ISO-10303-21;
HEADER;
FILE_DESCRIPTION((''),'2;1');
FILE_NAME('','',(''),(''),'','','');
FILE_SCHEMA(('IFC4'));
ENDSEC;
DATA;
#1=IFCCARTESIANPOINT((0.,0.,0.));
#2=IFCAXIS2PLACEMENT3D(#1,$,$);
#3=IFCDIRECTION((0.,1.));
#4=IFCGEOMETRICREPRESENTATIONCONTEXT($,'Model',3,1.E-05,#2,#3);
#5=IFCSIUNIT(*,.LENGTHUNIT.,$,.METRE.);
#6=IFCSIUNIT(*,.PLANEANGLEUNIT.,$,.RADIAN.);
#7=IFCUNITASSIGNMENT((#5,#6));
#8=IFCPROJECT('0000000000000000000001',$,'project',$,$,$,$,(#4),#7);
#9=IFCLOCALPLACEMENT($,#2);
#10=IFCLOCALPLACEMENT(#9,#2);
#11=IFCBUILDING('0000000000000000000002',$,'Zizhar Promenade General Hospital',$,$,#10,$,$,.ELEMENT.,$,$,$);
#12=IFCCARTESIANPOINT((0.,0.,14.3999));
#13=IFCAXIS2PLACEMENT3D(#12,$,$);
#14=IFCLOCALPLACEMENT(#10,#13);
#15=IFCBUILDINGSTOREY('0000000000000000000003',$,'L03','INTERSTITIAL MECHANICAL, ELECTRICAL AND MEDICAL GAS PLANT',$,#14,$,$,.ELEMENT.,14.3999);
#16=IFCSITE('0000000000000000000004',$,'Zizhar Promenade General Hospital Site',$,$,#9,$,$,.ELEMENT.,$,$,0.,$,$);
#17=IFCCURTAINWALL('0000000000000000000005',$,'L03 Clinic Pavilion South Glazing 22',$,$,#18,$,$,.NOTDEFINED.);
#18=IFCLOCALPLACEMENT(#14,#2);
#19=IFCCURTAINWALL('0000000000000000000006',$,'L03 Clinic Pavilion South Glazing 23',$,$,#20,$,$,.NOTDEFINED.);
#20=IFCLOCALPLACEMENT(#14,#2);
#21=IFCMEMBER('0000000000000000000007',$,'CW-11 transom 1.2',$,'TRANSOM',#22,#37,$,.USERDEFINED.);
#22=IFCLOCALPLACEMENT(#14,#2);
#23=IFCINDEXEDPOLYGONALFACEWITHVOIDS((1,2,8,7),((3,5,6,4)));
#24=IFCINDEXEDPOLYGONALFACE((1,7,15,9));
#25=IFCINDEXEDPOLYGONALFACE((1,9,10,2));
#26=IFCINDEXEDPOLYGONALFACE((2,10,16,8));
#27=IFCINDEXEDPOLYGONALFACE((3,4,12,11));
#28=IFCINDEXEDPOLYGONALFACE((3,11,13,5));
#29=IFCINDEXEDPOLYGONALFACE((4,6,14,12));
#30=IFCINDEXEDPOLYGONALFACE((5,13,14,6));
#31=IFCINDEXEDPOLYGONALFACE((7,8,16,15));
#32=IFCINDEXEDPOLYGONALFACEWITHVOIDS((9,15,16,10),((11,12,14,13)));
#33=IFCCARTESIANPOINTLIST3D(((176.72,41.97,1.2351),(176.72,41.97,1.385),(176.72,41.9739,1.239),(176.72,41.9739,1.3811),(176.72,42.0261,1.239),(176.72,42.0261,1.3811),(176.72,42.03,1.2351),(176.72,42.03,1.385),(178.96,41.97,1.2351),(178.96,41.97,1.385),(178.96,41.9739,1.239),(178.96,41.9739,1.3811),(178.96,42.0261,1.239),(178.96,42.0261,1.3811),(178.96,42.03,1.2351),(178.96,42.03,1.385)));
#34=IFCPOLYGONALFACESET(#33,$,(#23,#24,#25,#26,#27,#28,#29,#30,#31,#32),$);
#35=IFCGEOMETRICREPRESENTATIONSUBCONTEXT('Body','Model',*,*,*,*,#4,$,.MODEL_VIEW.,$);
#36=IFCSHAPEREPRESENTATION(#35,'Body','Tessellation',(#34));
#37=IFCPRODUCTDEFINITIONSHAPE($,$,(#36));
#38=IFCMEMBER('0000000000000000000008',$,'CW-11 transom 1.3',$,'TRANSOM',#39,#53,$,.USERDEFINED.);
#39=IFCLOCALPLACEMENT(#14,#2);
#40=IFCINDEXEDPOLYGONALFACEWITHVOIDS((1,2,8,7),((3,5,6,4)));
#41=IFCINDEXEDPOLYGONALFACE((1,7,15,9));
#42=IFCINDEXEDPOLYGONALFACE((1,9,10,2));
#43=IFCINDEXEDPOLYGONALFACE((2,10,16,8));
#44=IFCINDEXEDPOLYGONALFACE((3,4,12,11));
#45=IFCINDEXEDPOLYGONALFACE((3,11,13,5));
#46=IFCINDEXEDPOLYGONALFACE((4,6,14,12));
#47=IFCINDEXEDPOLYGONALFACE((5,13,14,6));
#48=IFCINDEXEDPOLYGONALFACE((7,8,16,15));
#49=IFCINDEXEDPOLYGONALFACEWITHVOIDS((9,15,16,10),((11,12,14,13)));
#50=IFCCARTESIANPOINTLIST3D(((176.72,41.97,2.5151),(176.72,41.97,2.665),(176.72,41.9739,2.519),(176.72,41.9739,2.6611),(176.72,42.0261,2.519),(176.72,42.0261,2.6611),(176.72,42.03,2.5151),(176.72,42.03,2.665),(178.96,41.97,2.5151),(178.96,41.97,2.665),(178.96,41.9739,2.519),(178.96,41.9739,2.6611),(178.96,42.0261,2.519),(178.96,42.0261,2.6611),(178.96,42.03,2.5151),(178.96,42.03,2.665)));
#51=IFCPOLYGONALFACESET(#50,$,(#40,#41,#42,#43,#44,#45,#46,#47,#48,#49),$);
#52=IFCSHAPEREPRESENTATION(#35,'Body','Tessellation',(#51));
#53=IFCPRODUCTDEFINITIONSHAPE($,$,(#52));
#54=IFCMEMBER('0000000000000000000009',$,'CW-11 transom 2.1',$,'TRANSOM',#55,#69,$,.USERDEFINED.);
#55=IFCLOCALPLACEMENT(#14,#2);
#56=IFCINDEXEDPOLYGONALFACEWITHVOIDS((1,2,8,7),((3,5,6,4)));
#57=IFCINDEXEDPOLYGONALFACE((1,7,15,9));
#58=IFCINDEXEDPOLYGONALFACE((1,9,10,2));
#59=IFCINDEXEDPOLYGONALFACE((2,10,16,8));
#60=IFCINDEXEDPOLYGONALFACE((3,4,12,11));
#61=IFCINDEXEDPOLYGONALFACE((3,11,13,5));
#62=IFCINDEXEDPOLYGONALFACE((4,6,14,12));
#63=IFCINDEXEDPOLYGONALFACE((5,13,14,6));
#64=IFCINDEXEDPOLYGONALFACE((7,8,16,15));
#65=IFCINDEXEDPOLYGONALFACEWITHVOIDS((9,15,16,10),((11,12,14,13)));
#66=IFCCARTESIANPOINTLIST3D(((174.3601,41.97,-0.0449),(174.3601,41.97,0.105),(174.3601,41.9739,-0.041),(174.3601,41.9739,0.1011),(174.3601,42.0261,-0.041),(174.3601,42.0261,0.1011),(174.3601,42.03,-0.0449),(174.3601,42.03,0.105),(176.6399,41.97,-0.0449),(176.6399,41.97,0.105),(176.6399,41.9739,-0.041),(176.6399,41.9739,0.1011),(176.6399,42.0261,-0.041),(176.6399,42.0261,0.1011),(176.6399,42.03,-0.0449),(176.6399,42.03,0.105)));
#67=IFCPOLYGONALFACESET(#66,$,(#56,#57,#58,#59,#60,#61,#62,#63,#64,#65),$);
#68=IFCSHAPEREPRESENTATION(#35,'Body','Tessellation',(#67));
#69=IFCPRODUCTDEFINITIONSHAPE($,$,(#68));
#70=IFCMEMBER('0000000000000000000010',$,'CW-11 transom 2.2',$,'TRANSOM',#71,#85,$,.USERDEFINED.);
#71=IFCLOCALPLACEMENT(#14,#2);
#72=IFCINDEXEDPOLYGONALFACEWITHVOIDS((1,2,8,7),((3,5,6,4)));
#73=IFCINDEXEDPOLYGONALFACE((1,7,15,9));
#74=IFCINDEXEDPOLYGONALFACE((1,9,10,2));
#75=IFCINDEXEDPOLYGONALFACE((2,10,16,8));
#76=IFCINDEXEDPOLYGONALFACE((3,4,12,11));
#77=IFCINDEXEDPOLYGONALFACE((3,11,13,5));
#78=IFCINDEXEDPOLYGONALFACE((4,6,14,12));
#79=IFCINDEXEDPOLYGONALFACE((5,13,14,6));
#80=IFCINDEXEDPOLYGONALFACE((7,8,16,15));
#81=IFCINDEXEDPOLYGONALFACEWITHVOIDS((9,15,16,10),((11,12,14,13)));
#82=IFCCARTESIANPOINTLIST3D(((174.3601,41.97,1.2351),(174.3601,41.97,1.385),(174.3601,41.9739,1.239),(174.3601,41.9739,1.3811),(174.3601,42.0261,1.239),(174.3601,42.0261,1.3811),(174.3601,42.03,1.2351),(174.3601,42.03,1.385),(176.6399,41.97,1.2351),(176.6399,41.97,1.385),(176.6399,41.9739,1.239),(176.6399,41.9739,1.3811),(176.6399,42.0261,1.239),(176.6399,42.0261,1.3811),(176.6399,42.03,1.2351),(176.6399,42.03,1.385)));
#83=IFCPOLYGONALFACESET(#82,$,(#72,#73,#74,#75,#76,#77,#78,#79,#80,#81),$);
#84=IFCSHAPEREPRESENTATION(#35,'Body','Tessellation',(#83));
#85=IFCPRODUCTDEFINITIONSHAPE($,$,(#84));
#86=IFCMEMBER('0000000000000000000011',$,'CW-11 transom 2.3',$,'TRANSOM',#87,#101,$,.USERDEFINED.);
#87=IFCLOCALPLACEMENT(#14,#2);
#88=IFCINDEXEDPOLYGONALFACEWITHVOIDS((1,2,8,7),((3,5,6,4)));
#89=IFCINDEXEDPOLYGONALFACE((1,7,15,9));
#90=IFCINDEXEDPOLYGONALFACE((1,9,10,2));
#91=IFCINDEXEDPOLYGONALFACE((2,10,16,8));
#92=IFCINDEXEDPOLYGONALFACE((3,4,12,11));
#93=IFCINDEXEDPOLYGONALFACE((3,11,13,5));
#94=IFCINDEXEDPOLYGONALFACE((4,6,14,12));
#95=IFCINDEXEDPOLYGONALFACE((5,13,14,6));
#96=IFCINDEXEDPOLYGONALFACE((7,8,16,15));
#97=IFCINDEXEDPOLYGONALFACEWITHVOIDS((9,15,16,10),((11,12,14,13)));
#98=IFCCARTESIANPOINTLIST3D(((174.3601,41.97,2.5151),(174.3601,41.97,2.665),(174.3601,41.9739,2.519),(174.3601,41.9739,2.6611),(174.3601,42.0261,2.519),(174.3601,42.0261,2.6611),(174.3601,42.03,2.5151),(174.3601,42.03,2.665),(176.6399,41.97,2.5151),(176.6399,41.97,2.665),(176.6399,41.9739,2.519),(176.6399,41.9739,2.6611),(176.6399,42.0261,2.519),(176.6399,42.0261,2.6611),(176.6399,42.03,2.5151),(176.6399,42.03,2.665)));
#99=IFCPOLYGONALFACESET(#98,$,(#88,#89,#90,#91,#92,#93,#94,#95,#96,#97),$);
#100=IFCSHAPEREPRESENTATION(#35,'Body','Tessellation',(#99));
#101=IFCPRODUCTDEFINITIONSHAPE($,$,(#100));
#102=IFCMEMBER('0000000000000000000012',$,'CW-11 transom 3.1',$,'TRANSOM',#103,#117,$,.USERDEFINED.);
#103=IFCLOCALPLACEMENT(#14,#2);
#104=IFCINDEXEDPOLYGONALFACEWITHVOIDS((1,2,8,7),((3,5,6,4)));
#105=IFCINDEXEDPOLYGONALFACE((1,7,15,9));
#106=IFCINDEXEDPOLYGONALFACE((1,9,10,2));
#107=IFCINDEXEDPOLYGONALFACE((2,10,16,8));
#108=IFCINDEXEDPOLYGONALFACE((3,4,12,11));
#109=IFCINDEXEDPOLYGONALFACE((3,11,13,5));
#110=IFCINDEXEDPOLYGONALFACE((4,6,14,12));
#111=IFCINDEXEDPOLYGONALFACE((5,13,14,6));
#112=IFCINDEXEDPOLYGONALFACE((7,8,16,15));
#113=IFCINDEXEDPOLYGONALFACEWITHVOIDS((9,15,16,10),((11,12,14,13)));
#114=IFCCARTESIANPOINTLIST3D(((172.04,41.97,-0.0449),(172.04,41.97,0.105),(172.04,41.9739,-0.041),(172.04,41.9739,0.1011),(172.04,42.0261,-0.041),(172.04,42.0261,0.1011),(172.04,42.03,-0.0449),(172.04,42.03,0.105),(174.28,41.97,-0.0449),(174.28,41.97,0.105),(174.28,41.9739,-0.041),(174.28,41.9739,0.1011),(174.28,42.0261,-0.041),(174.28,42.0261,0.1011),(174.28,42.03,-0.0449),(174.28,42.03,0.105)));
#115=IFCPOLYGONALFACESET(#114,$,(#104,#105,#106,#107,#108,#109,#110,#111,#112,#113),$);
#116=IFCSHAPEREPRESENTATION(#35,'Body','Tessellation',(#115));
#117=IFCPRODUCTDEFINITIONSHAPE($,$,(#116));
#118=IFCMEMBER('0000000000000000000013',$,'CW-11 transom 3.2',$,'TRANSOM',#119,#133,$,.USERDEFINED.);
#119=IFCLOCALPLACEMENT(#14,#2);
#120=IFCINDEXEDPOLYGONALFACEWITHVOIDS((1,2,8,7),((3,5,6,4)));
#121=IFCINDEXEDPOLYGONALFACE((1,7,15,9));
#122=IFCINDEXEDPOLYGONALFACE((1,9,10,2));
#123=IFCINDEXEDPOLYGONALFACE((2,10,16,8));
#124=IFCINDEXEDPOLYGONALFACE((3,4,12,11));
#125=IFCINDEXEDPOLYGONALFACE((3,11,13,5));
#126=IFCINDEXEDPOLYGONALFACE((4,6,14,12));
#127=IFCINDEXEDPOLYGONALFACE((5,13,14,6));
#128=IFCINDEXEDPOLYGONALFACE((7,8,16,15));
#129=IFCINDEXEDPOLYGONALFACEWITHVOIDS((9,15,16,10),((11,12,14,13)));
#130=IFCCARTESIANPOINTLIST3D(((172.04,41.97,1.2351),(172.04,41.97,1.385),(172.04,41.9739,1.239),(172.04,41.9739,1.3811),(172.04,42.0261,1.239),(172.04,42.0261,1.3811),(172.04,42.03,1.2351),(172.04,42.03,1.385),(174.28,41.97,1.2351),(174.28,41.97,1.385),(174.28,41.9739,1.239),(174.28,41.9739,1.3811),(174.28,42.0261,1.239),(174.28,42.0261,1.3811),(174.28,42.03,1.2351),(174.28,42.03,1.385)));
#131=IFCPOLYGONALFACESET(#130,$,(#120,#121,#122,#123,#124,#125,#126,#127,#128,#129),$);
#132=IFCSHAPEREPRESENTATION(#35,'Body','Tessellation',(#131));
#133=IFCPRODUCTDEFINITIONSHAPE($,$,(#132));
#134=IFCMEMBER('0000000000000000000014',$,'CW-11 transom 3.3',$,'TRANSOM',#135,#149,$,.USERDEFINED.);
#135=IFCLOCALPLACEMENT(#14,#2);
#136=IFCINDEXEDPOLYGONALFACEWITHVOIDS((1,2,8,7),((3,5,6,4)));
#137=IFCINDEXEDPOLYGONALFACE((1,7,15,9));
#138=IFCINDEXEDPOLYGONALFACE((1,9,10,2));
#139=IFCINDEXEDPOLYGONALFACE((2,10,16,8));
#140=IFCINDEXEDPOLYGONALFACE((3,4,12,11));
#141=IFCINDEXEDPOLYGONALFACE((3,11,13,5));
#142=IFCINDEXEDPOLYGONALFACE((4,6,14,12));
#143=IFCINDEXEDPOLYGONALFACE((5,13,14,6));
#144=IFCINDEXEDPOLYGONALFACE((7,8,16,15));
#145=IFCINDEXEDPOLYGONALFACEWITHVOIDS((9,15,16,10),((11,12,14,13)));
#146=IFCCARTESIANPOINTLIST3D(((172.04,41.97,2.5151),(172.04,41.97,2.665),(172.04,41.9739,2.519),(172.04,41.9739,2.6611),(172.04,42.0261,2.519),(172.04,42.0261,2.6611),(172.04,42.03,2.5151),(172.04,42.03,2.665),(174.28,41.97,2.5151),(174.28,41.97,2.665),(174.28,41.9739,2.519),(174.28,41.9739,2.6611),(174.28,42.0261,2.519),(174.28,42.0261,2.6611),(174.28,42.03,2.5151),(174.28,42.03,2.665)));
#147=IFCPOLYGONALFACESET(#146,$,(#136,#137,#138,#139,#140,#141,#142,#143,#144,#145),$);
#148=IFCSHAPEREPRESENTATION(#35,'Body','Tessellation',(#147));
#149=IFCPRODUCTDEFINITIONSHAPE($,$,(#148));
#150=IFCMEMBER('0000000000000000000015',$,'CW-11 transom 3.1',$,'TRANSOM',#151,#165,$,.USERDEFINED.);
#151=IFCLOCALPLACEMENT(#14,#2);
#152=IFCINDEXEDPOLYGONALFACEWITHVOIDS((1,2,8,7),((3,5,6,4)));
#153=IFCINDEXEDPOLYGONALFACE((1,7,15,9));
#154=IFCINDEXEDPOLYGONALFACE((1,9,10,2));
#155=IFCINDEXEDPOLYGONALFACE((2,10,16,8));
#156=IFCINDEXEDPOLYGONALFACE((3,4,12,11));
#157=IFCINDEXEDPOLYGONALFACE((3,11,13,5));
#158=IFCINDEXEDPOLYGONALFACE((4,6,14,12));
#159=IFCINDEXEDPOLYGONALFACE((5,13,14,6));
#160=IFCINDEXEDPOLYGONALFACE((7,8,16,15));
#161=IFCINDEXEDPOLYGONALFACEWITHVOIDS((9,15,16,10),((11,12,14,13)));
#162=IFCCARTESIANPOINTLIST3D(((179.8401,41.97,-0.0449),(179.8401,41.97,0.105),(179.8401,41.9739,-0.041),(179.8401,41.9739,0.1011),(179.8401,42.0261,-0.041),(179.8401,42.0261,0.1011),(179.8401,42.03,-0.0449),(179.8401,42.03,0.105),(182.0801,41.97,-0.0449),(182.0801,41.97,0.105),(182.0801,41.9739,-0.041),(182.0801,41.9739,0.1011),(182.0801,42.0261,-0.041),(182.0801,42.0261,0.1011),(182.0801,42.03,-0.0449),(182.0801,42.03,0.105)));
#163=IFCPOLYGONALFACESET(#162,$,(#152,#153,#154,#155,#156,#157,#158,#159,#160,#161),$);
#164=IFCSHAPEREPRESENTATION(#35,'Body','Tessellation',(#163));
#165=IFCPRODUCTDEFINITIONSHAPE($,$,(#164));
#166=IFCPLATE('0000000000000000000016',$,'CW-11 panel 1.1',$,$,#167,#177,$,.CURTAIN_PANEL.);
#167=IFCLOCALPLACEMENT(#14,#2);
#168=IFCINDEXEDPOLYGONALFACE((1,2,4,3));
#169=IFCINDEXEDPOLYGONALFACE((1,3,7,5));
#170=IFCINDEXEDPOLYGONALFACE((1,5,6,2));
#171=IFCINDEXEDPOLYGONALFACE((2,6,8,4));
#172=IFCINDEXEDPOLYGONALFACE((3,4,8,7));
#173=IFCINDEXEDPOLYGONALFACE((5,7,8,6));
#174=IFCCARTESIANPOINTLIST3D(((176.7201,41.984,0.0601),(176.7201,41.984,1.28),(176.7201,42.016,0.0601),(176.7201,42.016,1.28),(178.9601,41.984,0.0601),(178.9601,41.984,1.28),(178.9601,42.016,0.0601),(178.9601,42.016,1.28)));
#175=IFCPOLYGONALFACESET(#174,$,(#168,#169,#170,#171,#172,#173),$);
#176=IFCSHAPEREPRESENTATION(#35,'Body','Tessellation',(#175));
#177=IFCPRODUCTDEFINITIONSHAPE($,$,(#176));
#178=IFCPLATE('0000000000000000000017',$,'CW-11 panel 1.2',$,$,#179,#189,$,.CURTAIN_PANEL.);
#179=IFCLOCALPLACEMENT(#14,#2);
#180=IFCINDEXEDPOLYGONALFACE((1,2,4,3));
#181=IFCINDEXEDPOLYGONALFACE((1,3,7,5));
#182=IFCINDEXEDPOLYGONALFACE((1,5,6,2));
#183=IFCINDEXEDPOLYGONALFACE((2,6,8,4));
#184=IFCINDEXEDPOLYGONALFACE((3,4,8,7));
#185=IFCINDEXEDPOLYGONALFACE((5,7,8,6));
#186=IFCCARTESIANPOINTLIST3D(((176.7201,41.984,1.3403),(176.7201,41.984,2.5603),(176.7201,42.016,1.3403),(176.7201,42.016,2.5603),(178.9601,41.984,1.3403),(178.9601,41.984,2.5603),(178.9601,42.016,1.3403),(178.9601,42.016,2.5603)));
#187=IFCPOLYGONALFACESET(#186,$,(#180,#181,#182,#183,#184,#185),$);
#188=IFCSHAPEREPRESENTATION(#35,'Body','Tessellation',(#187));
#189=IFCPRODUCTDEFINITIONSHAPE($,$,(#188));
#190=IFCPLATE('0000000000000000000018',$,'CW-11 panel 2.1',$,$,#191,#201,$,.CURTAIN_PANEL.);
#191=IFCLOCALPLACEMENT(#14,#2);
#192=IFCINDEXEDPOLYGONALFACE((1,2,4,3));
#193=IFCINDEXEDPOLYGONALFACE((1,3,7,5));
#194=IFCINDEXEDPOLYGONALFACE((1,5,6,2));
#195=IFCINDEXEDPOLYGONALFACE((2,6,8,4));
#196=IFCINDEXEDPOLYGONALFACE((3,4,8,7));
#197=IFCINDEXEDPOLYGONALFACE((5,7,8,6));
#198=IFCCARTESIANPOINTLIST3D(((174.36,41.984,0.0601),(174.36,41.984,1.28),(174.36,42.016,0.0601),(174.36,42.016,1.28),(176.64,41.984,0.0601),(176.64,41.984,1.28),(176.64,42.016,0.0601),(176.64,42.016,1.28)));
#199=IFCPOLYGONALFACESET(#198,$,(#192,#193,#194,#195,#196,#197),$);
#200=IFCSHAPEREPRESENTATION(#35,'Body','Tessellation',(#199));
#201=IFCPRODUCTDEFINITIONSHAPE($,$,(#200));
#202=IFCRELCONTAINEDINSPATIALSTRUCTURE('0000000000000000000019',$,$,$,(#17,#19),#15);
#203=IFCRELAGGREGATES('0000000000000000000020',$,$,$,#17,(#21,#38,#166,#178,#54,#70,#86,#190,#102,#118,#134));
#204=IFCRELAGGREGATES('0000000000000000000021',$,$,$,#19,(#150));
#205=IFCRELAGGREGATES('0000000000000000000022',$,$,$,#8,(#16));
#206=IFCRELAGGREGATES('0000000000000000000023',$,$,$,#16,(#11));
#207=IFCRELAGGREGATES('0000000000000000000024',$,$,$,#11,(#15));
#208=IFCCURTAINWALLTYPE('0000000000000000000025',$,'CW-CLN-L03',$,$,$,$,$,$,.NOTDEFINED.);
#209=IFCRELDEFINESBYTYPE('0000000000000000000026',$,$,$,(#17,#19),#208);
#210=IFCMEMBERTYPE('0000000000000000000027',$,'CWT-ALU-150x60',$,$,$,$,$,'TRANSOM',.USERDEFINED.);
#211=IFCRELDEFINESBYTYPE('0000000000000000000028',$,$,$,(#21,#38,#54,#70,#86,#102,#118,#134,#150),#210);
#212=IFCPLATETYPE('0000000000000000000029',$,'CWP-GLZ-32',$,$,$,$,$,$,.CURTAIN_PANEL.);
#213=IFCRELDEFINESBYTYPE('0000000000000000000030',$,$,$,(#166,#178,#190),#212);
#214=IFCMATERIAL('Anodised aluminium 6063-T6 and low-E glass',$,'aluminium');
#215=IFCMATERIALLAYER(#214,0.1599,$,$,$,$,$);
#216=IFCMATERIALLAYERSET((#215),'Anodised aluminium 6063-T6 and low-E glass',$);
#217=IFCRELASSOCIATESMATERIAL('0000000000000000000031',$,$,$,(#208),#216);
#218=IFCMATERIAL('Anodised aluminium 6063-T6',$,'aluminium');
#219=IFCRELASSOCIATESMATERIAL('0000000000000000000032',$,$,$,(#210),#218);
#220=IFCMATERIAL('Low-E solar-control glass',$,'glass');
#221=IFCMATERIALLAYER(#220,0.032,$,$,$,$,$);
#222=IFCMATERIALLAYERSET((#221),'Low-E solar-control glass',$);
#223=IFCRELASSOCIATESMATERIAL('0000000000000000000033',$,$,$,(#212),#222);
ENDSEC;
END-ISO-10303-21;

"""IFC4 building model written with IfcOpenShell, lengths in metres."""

from ifc_helpers import new_model, si_unit, direction, frame, origin, origin_2d, place, context, subcontext, project, spatial, rectangle, hollow_rectangle, extrude, material, layer, layer_set, material_profile, profile_set, type_object, element, aggregate, save


model = new_model("IFC4")

# Units and contexts
model_context = context("Model", 3, precision=1e-05, world=origin(), true_north=direction((0.0, 1.0)))
body_context = subcontext(model_context, "Body", "Model", "MODEL_VIEW")
ifc_project = project(units=[si_unit("LENGTHUNIT", "METRE"), si_unit("PLANEANGLEUNIT", "RADIAN")], contexts=[model_context])

# Site, building, storey
site_placement = place(None, origin())
site = spatial("IfcSite", under=ifc_project, at=site_placement, Name="Zizhar Promenade General Hospital Site", CompositionType="ELEMENT", RefElevation=0.0)
building_placement = place(site_placement, origin())
building = spatial("IfcBuilding", under=site, at=building_placement, Name="Zizhar Promenade General Hospital", CompositionType="ELEMENT")
storey_placement = place(building_placement, frame((0.0, 0.0, 14.3999)))
storey = spatial("IfcBuildingStorey", under=building, at=storey_placement, Name="L03", Description="INTERSTITIAL MECHANICAL, ELECTRICAL AND MEDICAL GAS PLANT", CompositionType="ELEMENT", Elevation=14.3999)

# Shared definitions
ifc_material_1 = material(Name="Anodised aluminium 6063-T6 and low-E glass", Category="aluminium")
ifc_layer_1 = layer(ifc_material_1, 0.1599)
ifc_layer_set_1 = layer_set([ifc_layer_1], Name="Anodised aluminium 6063-T6 and low-E glass")
curtain_wall_type = type_object("IfcCurtainWallType", Name="CW-CLN-L03", PredefinedType="NOTDEFINED", material=ifc_layer_set_1)

# Curtain wall
curtain_wall_1_placement = place(storey_placement, origin())
curtain_wall_1 = element("IfcCurtainWall", 1, at=curtain_wall_1_placement, inside=storey, type_object=curtain_wall_type, Name="L03 Clinic Pavilion South Glazing 22", PredefinedType="NOTDEFINED")

# Curtain wall
curtain_wall_2_placement = place(storey_placement, origin())
curtain_wall_2 = element("IfcCurtainWall", 2, at=curtain_wall_2_placement, inside=storey, type_object=curtain_wall_type, Name="L03 Clinic Pavilion South Glazing 23", PredefinedType="NOTDEFINED")

# Members
ifc_material_2 = material(Name="Anodised aluminium 6063-T6", Category="aluminium")
ifc_material_profile_1 = material_profile(ifc_material_2, hollow_rectangle(XDim=0.0601, YDim=0.1499, WallThickness=0.0039, at=origin_2d()))
ifc_profile_set_1 = profile_set([ifc_material_profile_1], Name="Anodised aluminium 6063-T6")
member_type_1 = type_object("IfcMemberType", Name="CWT-ALU-150x60", ElementType="TRANSOM", PredefinedType="USERDEFINED", material=ifc_profile_set_1)
member_1_placement = place(storey_placement, frame((178.96, 42.0, 1.3101), z_axis=(-1.0, 0.0, 0.0), x_axis=(0.0, -1.0, 0.0)))
member_1 = element("IfcMember", 3, at=member_1_placement, type_object=member_type_1, Name="CW-11 transom 1.2", ObjectType="TRANSOM", PredefinedType="USERDEFINED", context=body_context, shape_type="SweptSolid", body=[
    extrude(hollow_rectangle(XDim=0.0601, YDim=0.1499, WallThickness=0.0039, at=origin_2d()), origin(), (0.0, 0.0, 1.0), 2.24),
])
member_2_placement = place(storey_placement, frame((178.96, 42.0, 2.5901), z_axis=(-1.0, 0.0, 0.0), x_axis=(0.0, -1.0, 0.0)))
member_2 = element("IfcMember", 4, at=member_2_placement, type_object=member_type_1, Name="CW-11 transom 1.3", ObjectType="TRANSOM", PredefinedType="USERDEFINED", context=body_context, shape_type="SweptSolid", body=[
    extrude(hollow_rectangle(XDim=0.0601, YDim=0.1499, WallThickness=0.0039, at=origin_2d()), origin(), (0.0, 0.0, 1.0), 2.24),
])
member_3_placement = place(storey_placement, frame((176.6399, 42.0, 0.03), z_axis=(-1.0, 0.0, 0.0), x_axis=(0.0, -1.0, 0.0)))
member_3 = element("IfcMember", 5, at=member_3_placement, type_object=member_type_1, Name="CW-11 transom 2.1", ObjectType="TRANSOM", PredefinedType="USERDEFINED", context=body_context, shape_type="SweptSolid", body=[
    extrude(hollow_rectangle(XDim=0.0601, YDim=0.1499, WallThickness=0.0039, at=origin_2d()), origin(), (0.0, 0.0, 1.0), 2.2798),
])
member_4_placement = place(storey_placement, frame((176.6399, 42.0, 1.3101), z_axis=(-1.0, 0.0, 0.0), x_axis=(0.0, -1.0, 0.0)))
member_4 = element("IfcMember", 6, at=member_4_placement, type_object=member_type_1, Name="CW-11 transom 2.2", ObjectType="TRANSOM", PredefinedType="USERDEFINED", context=body_context, shape_type="SweptSolid", body=[
    extrude(hollow_rectangle(XDim=0.0601, YDim=0.1499, WallThickness=0.0039, at=origin_2d()), origin(), (0.0, 0.0, 1.0), 2.2798),
])
member_5_placement = place(storey_placement, frame((176.6399, 42.0, 2.5901), z_axis=(-1.0, 0.0, 0.0), x_axis=(0.0, -1.0, 0.0)))
member_5 = element("IfcMember", 7, at=member_5_placement, type_object=member_type_1, Name="CW-11 transom 2.3", ObjectType="TRANSOM", PredefinedType="USERDEFINED", context=body_context, shape_type="SweptSolid", body=[
    extrude(hollow_rectangle(XDim=0.0601, YDim=0.1499, WallThickness=0.0039, at=origin_2d()), origin(), (0.0, 0.0, 1.0), 2.2798),
])
member_6_placement = place(storey_placement, frame((174.28, 42.0, 0.03), z_axis=(-1.0, 0.0, 0.0), x_axis=(0.0, -1.0, 0.0)))
member_6 = element("IfcMember", 8, at=member_6_placement, type_object=member_type_1, Name="CW-11 transom 3.1", ObjectType="TRANSOM", PredefinedType="USERDEFINED", context=body_context, shape_type="SweptSolid", body=[
    extrude(hollow_rectangle(XDim=0.0601, YDim=0.1499, WallThickness=0.0039, at=origin_2d()), origin(), (0.0, 0.0, 1.0), 2.24),
])
member_7_placement = place(storey_placement, frame((174.28, 42.0, 1.3101), z_axis=(-1.0, 0.0, 0.0), x_axis=(0.0, -1.0, 0.0)))
member_7 = element("IfcMember", 9, at=member_7_placement, type_object=member_type_1, Name="CW-11 transom 3.2", ObjectType="TRANSOM", PredefinedType="USERDEFINED", context=body_context, shape_type="SweptSolid", body=[
    extrude(hollow_rectangle(XDim=0.0601, YDim=0.1499, WallThickness=0.0039, at=origin_2d()), origin(), (0.0, 0.0, 1.0), 2.24),
])
member_8_placement = place(storey_placement, frame((174.28, 42.0, 2.5901), z_axis=(-1.0, 0.0, 0.0), x_axis=(0.0, -1.0, 0.0)))
member_8 = element("IfcMember", 10, at=member_8_placement, type_object=member_type_1, Name="CW-11 transom 3.3", ObjectType="TRANSOM", PredefinedType="USERDEFINED", context=body_context, shape_type="SweptSolid", body=[
    extrude(hollow_rectangle(XDim=0.0601, YDim=0.1499, WallThickness=0.0039, at=origin_2d()), origin(), (0.0, 0.0, 1.0), 2.24),
])
member_9_placement = place(storey_placement, frame((182.0801, 42.0, 0.03), z_axis=(-1.0, 0.0, 0.0), x_axis=(0.0, -1.0, 0.0)))
member_9 = element("IfcMember", 11, at=member_9_placement, type_object=member_type_1, Name="CW-11 transom 3.1", ObjectType="TRANSOM", PredefinedType="USERDEFINED", context=body_context, shape_type="SweptSolid", body=[
    extrude(hollow_rectangle(XDim=0.0601, YDim=0.1499, WallThickness=0.0039, at=origin_2d()), origin(), (0.0, 0.0, 1.0), 2.24),
])

# Plates
ifc_material_3 = material(Name="Low-E solar-control glass", Category="glass")
ifc_layer_2 = layer(ifc_material_3, 0.032)
ifc_layer_set_2 = layer_set([ifc_layer_2], Name="Low-E solar-control glass")
plate_type = type_object("IfcPlateType", Name="CWP-GLZ-32", PredefinedType="CURTAIN_PANEL", material=ifc_layer_set_2)
plate_1_placement = place(storey_placement, frame((177.8401, 42.0, 0.0601), z_axis=(0.0, 0.0, 1.0), x_axis=(-1.0, 0.0, 0.0)))
plate_1 = element("IfcPlate", 12, at=plate_1_placement, type_object=plate_type, Name="CW-11 panel 1.1", PredefinedType="CURTAIN_PANEL", context=body_context, shape_type="SweptSolid", body=[
    extrude(rectangle(XDim=2.24, YDim=0.032, at=origin_2d()), origin(), (0.0, 0.0, 1.0), 1.22),
])
plate_2_placement = place(storey_placement, frame((177.8401, 42.0, 1.3403), z_axis=(0.0, 0.0, 1.0), x_axis=(-1.0, 0.0, 0.0)))
plate_2 = element("IfcPlate", 13, at=plate_2_placement, type_object=plate_type, Name="CW-11 panel 1.2", PredefinedType="CURTAIN_PANEL", context=body_context, shape_type="SweptSolid", body=[
    extrude(rectangle(XDim=2.24, YDim=0.032, at=origin_2d()), origin(), (0.0, 0.0, 1.0), 1.22),
])
plate_3_placement = place(storey_placement, frame((175.5, 42.0, 0.0601), z_axis=(0.0, 0.0, 1.0), x_axis=(-1.0, 0.0, 0.0)))
plate_3 = element("IfcPlate", 14, at=plate_3_placement, type_object=plate_type, Name="CW-11 panel 2.1", PredefinedType="CURTAIN_PANEL", context=body_context, shape_type="SweptSolid", body=[
    extrude(rectangle(XDim=2.28, YDim=0.032, at=origin_2d()), origin(), (0.0, 0.0, 1.0), 1.22),
])
aggregate(curtain_wall_1, [member_1, member_2, plate_1, plate_2, member_3, member_4, member_5, plate_3, member_6, member_7, member_8])
aggregate(curtain_wall_2, [member_9])

save(model, "model.ifc")
